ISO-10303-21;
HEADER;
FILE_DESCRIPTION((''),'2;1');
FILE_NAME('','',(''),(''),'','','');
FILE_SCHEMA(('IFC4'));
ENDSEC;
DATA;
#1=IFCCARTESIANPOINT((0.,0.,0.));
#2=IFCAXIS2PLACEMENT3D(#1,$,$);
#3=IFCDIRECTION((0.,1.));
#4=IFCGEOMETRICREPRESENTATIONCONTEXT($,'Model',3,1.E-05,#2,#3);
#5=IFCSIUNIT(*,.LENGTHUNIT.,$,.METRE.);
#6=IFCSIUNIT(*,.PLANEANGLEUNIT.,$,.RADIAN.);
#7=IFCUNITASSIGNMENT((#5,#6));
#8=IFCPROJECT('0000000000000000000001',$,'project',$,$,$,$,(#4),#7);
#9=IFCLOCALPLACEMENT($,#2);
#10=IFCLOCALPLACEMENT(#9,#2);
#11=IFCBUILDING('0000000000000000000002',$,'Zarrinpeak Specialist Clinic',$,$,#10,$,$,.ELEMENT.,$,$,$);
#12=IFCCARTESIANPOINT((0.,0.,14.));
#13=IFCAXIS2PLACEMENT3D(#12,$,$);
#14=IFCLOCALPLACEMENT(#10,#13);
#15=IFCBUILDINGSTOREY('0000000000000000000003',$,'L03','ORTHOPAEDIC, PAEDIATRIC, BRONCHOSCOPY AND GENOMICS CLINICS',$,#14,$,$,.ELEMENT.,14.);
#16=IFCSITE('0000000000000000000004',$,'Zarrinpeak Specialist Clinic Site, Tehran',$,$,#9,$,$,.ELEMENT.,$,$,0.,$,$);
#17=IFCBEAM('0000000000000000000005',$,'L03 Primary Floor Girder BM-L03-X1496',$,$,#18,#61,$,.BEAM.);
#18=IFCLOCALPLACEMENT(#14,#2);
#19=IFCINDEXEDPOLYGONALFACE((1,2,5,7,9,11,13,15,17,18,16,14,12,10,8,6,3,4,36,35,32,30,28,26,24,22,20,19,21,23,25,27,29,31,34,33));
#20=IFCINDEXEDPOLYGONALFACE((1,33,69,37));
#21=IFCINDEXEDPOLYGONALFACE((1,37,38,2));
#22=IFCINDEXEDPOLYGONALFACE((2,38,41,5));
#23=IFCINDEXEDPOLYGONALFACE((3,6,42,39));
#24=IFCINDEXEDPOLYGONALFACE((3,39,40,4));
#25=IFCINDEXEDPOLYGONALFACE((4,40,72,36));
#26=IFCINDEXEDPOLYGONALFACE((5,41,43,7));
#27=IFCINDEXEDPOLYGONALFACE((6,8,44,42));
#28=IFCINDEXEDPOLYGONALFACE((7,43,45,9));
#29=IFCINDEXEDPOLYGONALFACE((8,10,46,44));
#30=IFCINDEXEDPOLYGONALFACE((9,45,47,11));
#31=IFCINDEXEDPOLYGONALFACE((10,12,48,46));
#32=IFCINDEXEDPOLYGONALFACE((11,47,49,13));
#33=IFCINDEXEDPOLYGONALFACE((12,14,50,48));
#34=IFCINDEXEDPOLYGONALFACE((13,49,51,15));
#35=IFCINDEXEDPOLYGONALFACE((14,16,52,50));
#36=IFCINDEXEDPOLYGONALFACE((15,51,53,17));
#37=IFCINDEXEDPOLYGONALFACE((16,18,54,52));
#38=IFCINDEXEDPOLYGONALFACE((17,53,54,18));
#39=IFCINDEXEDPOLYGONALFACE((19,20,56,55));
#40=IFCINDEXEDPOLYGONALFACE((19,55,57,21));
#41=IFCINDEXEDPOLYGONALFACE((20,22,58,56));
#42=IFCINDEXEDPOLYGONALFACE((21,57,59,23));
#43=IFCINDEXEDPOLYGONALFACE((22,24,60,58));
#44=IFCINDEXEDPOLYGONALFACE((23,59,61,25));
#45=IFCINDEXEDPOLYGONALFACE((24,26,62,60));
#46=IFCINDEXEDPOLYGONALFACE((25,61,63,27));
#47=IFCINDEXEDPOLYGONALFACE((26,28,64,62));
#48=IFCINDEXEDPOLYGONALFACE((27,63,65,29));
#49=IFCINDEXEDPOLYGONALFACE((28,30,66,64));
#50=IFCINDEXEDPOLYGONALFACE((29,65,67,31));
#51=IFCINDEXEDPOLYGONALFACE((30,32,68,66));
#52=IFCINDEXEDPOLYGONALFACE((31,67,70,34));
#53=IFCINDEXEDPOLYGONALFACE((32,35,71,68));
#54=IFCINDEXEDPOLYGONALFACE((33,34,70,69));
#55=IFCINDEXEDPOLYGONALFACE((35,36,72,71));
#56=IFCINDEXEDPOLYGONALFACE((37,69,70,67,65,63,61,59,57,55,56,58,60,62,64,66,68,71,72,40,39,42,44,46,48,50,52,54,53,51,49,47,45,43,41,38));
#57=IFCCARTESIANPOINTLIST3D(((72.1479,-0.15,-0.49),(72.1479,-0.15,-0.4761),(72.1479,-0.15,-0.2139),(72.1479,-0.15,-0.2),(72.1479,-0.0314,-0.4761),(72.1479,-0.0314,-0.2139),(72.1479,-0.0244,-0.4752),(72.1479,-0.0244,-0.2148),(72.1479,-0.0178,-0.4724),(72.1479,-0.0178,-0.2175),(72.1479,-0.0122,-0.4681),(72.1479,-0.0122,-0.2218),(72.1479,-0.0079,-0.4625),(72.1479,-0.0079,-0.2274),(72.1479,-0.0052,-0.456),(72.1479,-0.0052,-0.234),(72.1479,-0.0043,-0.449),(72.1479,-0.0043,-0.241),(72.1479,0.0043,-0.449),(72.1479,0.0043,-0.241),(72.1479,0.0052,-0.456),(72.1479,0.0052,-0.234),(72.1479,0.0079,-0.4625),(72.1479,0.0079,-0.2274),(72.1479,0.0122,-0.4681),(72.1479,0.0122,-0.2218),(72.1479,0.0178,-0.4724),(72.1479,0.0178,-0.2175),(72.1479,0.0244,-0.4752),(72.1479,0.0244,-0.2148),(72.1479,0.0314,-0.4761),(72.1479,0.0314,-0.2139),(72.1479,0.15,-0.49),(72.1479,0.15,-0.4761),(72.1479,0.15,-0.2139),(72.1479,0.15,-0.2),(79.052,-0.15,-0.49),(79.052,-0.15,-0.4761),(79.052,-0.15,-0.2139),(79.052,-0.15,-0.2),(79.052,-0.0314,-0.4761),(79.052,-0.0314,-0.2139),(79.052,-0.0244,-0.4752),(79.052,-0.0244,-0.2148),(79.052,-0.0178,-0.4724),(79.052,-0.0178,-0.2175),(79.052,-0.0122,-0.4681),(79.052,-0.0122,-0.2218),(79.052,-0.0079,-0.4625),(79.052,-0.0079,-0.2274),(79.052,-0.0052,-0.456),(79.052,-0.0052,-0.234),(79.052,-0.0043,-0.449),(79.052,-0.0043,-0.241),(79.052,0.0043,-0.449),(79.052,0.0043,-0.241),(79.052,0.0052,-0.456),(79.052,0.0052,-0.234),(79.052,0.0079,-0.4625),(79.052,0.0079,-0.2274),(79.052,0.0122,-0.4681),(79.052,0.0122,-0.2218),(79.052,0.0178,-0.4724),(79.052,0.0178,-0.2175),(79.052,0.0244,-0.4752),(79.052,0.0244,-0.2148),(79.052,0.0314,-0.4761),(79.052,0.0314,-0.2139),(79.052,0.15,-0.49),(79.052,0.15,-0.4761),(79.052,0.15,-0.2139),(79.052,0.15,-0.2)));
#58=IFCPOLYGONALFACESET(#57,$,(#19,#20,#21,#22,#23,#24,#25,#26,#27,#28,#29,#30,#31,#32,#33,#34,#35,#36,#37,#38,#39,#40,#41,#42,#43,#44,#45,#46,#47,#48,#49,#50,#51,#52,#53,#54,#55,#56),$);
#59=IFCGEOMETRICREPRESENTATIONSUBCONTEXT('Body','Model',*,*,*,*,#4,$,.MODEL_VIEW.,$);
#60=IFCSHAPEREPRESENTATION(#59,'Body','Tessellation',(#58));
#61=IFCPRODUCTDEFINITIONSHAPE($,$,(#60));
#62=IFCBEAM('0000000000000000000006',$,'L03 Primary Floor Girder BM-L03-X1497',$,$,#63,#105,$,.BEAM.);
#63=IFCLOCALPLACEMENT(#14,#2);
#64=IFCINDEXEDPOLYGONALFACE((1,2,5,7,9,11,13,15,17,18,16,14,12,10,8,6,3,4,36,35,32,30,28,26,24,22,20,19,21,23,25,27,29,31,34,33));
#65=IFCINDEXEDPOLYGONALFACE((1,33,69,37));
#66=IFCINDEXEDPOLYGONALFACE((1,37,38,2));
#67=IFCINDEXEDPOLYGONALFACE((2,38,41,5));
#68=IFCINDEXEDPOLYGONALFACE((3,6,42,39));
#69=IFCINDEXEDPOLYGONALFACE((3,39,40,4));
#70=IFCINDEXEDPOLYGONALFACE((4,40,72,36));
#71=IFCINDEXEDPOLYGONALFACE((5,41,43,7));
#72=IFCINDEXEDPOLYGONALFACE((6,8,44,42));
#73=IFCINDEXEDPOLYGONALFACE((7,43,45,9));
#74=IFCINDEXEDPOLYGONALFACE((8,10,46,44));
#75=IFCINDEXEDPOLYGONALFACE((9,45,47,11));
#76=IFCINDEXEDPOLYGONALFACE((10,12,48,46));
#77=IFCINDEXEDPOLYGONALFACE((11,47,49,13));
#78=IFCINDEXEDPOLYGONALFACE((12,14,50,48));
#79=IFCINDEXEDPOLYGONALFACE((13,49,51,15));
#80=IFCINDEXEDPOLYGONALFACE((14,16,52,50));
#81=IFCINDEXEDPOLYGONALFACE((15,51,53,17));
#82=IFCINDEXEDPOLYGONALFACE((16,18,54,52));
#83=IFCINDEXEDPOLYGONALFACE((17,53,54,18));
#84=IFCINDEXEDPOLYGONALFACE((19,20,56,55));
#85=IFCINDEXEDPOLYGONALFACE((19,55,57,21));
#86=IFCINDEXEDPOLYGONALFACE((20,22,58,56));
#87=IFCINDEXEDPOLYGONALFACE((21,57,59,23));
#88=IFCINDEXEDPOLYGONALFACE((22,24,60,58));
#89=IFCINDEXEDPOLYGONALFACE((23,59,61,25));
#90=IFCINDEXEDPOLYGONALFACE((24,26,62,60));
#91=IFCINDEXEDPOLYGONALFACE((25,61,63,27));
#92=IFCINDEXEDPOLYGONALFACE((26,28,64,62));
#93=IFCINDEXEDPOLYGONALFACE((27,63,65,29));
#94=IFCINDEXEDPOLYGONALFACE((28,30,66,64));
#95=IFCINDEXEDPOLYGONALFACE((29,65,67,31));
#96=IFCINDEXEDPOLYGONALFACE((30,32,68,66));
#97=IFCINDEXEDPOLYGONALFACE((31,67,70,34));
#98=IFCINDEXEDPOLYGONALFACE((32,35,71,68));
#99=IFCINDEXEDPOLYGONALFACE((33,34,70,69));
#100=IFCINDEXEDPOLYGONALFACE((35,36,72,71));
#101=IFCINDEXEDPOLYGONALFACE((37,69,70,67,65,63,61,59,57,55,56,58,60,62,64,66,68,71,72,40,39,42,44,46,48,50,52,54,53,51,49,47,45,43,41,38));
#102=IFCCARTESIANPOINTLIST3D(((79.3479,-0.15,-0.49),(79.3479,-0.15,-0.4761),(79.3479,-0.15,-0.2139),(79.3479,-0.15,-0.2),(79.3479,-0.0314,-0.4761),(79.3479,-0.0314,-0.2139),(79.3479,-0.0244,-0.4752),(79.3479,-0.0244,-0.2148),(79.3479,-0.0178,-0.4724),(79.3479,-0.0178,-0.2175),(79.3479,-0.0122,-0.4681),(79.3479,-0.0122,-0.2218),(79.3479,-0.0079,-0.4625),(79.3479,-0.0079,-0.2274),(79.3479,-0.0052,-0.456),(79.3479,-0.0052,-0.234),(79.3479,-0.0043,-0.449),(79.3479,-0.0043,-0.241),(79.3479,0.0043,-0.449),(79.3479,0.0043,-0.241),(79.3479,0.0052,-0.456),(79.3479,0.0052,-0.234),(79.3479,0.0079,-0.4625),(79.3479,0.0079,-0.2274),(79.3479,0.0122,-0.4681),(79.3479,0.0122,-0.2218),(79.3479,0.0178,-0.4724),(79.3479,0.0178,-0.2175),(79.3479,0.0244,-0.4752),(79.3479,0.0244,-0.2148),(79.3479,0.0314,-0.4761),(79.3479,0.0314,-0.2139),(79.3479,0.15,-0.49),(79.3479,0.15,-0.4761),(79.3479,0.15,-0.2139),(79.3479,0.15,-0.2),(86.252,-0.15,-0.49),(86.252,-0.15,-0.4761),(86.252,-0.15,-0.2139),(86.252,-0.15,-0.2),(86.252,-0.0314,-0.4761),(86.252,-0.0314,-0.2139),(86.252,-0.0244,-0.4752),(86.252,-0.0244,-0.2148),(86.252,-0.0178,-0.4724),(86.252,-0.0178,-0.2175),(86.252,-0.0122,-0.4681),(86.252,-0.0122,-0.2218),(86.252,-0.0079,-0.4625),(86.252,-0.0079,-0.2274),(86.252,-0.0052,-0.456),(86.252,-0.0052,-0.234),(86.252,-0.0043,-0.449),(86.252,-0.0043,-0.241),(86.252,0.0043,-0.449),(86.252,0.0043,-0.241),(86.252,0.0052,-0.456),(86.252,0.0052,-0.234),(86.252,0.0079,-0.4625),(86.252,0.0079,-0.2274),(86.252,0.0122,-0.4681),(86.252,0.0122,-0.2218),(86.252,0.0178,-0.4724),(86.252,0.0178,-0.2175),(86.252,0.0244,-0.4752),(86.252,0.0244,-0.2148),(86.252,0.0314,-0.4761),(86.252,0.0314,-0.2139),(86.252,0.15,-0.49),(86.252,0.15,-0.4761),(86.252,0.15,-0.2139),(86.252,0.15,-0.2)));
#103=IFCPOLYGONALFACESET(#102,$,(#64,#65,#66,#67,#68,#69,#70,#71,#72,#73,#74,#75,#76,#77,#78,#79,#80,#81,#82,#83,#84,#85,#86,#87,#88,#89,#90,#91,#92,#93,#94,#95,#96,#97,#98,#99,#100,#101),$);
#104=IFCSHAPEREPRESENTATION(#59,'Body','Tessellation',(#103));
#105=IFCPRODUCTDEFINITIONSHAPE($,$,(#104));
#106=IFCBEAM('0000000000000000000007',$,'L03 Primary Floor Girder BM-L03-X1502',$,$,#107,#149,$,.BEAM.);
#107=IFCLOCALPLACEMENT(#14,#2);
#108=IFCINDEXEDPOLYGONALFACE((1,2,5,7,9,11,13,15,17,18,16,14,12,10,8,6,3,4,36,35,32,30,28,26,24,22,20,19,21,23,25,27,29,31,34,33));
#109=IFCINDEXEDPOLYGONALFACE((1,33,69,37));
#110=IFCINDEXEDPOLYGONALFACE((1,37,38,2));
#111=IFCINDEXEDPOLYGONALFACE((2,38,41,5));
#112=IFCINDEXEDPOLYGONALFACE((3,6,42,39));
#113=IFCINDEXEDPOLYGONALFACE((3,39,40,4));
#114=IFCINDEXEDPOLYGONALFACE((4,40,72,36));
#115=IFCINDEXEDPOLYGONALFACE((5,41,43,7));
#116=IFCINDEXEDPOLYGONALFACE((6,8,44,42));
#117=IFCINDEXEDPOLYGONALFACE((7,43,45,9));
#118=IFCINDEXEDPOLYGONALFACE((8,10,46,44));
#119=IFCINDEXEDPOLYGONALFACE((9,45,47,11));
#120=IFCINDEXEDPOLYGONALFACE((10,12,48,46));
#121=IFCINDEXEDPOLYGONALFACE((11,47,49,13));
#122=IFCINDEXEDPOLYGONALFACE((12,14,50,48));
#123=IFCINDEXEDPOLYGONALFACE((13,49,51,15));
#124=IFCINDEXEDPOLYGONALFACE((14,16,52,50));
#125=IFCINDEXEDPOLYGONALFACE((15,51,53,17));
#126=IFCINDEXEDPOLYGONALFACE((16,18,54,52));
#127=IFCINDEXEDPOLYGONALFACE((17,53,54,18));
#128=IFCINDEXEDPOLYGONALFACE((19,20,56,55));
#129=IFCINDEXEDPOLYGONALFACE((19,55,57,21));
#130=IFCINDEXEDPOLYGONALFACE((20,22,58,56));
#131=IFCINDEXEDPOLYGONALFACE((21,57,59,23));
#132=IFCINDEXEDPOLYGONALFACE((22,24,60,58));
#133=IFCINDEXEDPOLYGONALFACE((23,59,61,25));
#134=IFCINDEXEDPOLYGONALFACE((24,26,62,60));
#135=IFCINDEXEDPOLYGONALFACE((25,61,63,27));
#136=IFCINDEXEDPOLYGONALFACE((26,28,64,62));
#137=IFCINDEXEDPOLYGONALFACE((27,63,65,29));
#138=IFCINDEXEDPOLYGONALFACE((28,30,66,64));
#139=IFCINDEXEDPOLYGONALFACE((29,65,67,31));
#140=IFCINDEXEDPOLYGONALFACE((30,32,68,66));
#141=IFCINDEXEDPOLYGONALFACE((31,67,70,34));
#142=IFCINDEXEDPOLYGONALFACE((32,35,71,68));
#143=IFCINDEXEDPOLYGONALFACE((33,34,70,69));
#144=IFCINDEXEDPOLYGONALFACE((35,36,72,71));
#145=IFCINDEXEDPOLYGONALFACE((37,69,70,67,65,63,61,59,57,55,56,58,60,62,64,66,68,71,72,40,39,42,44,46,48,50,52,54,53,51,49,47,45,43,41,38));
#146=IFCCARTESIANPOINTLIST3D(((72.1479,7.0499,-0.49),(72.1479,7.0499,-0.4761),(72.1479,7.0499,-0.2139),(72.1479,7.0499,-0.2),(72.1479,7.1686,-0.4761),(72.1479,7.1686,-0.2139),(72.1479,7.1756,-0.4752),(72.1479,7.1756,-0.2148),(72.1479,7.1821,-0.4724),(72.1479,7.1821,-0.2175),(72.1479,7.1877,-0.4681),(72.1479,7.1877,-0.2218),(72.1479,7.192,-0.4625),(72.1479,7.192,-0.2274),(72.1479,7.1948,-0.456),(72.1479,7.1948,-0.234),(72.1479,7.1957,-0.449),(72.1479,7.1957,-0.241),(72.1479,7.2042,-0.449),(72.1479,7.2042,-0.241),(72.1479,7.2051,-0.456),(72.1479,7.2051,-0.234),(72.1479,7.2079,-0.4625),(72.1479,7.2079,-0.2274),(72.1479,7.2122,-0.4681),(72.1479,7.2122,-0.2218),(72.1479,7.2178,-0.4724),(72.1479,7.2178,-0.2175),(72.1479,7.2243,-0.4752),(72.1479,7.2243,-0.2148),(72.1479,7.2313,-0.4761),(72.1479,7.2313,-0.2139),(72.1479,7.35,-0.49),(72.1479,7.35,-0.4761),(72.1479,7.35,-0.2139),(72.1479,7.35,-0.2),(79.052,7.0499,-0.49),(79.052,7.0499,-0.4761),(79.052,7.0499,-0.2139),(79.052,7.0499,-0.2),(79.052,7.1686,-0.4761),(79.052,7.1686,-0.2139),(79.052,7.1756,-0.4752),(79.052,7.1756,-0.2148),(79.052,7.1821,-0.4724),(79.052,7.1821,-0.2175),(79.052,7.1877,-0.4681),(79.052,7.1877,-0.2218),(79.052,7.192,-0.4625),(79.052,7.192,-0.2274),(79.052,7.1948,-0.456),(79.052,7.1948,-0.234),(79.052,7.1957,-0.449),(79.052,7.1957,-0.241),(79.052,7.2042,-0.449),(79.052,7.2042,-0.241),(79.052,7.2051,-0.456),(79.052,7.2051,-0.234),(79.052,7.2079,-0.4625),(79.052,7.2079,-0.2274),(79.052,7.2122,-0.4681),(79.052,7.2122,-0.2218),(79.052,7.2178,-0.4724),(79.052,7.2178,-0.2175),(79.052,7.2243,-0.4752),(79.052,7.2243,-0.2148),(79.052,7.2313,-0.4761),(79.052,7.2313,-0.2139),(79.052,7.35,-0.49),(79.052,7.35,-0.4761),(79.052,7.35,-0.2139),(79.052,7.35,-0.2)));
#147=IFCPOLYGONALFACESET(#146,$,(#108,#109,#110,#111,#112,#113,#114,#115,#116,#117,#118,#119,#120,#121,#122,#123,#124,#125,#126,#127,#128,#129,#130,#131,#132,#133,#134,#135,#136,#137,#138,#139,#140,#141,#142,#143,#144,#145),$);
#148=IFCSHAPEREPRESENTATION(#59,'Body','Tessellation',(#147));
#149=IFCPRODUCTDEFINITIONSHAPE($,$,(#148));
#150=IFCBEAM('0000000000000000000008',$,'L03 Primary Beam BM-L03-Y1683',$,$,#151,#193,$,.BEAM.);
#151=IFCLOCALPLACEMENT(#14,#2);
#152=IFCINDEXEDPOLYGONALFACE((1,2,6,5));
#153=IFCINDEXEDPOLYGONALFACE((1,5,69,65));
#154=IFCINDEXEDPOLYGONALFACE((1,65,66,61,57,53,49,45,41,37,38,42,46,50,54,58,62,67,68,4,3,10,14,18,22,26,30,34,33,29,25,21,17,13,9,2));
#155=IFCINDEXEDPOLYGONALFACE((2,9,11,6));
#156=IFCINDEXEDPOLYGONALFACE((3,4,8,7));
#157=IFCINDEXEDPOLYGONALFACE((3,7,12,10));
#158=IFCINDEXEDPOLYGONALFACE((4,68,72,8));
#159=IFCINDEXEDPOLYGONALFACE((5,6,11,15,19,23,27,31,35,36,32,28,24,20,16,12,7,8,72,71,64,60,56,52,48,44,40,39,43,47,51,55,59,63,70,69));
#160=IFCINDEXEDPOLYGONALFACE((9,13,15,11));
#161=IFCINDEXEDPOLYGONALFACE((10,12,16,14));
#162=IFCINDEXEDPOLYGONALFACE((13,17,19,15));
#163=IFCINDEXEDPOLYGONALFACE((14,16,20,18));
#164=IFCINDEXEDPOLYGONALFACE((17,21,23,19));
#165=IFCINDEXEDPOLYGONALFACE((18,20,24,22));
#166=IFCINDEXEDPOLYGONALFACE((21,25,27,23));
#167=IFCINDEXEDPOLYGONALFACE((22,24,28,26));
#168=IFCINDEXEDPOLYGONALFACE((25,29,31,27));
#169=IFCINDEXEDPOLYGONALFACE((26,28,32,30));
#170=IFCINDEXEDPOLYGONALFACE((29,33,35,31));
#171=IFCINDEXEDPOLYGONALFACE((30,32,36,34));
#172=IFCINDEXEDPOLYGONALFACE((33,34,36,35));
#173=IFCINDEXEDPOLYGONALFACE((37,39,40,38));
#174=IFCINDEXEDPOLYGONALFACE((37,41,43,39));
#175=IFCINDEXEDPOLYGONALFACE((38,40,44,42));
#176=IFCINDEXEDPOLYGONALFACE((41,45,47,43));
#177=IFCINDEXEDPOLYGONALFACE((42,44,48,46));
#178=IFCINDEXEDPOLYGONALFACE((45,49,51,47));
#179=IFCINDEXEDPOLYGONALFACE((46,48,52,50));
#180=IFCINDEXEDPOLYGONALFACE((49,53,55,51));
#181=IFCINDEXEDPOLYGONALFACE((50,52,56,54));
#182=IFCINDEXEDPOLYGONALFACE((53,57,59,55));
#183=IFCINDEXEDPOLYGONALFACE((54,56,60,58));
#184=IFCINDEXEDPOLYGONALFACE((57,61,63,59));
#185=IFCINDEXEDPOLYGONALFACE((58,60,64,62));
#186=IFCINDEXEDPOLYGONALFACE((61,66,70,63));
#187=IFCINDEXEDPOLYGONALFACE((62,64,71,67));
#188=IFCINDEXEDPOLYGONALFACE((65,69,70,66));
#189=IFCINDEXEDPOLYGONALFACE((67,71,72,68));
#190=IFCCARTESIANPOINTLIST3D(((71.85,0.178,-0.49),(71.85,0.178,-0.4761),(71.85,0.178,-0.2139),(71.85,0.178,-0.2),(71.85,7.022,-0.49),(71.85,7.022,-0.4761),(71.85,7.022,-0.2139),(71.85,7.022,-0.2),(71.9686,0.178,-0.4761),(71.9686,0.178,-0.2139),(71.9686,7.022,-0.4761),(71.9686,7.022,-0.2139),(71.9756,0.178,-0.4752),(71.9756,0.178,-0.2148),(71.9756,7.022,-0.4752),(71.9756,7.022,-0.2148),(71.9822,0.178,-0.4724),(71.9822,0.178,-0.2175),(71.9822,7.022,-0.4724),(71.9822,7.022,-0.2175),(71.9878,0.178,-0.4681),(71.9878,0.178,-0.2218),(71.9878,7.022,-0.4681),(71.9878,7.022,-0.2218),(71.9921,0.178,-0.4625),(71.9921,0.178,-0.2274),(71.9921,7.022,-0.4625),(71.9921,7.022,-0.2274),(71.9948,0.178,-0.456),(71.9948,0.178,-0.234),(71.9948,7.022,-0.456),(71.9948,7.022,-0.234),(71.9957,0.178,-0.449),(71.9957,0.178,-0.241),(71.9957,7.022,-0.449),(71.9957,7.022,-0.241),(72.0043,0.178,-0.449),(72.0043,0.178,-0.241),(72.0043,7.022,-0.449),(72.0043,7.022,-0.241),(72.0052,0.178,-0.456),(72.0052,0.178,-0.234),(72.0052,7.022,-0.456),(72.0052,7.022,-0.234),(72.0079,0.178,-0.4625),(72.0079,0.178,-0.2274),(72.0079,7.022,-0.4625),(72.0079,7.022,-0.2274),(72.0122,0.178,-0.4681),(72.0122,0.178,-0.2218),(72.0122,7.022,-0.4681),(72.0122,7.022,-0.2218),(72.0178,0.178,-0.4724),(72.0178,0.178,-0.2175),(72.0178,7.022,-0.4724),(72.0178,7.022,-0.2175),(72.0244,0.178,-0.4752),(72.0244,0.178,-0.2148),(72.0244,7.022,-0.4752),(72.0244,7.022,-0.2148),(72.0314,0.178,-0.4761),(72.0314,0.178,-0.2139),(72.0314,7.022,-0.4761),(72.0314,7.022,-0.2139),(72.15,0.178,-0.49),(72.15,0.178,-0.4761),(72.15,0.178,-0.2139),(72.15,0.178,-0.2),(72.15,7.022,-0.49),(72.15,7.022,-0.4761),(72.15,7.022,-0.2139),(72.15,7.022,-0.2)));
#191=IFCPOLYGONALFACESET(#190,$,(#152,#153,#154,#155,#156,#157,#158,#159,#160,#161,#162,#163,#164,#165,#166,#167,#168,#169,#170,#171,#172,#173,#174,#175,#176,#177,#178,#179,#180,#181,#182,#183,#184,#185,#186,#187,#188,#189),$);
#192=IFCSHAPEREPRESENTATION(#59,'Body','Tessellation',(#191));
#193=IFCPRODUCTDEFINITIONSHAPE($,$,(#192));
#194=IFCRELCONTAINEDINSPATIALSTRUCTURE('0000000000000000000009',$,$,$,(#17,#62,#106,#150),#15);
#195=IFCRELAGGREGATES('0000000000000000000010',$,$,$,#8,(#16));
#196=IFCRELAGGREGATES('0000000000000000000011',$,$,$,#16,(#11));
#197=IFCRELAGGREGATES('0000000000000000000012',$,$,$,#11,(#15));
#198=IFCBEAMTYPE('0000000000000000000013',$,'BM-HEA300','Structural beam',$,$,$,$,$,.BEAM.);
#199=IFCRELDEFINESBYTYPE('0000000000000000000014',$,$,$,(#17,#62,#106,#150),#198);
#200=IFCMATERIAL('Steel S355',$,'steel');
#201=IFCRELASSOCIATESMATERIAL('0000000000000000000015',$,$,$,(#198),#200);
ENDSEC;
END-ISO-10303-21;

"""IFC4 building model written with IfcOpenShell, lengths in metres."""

from ifc_helpers import new_model, si_unit, direction, frame, origin, origin_2d, place, context, subcontext, project, spatial, i_section, extrude, material, material_profile, profile_set, type_object, element, save


model = new_model("IFC4")

# Units and contexts
model_context = context("Model", 3, precision=1e-05, world=origin(), true_north=direction((0.0, 1.0)))
body_context = subcontext(model_context, "Body", "Model", "MODEL_VIEW")
ifc_project = project(units=[si_unit("LENGTHUNIT", "METRE"), si_unit("PLANEANGLEUNIT", "RADIAN")], contexts=[model_context])

# Site, building, storey
site_placement = place(None, origin())
site = spatial("IfcSite", under=ifc_project, at=site_placement, Name="Zarrinpeak Specialist Clinic Site, Tehran", CompositionType="ELEMENT", RefElevation=0.0)
building_placement = place(site_placement, origin())
building = spatial("IfcBuilding", under=site, at=building_placement, Name="Zarrinpeak Specialist Clinic", CompositionType="ELEMENT")
storey_placement = place(building_placement, frame((0.0, 0.0, 14.0)))
storey = spatial("IfcBuildingStorey", under=building, at=storey_placement, Name="L03", Description="ORTHOPAEDIC, PAEDIATRIC, BRONCHOSCOPY AND GENOMICS CLINICS", CompositionType="ELEMENT", Elevation=14.0)

# Shared definitions
ifc_material_1 = material(Name="Steel S355", Category="steel")

# Beams
ifc_material_profile_1 = material_profile(ifc_material_1, i_section(OverallWidth=0.3, OverallDepth=0.29, WebThickness=0.0085, FlangeThickness=0.0139, FilletRadius=0.0271, at=origin_2d()), Name="HEA 300")
ifc_profile_set_1 = profile_set([ifc_material_profile_1], Name="Steel S355")
beam_type_1 = type_object("IfcBeamType", Name="BM-HEA300", Description="Structural beam", PredefinedType="BEAM", material=ifc_profile_set_1)
for number, where, z_axis, x_axis, name in (
    (1, (72.1479, 0.0, -0.345), (1.0, 0.0, 0.0), (0.0, 1.0, 0.0), "L03 Primary Floor Girder BM-L03-X1496"),
    (2, (79.3479, 0.0, -0.345), (1.0, 0.0, 0.0), (0.0, 1.0, 0.0), "L03 Primary Floor Girder BM-L03-X1497"),
    (3, (72.1479, 7.2, -0.345), (1.0, 0.0, 0.0), (0.0, 1.0, 0.0), "L03 Primary Floor Girder BM-L03-X1502"),
):
    element("IfcBeam", number, at=place(storey_placement, frame(where, z_axis=z_axis, x_axis=x_axis)), inside=storey, type_object=beam_type_1, Name=name, PredefinedType="BEAM", context=body_context, shape_type="SweptSolid", body=[
        extrude(i_section(OverallWidth=0.3, OverallDepth=0.29, WebThickness=0.0085, FlangeThickness=0.0139, FilletRadius=0.0271, at=origin_2d()), origin(), (0.0, 0.0, 1.0), 6.9041),
    ])
for number, where, z_axis, x_axis, name in (
    (4, (72.0, 0.178, -0.345), (0.0, 1.0, 0.0), (-1.0, 0.0, 0.0), "L03 Primary Beam BM-L03-Y1683"),
):
    element("IfcBeam", number, at=place(storey_placement, frame(where, z_axis=z_axis, x_axis=x_axis)), inside=storey, type_object=beam_type_1, Name=name, PredefinedType="BEAM", context=body_context, shape_type="SweptSolid", body=[
        extrude(i_section(OverallWidth=0.3, OverallDepth=0.29, WebThickness=0.0085, FlangeThickness=0.0139, FilletRadius=0.0271, at=origin_2d()), origin(), (0.0, 0.0, 1.0), 6.844),
    ])

save(model, "model.ifc")
